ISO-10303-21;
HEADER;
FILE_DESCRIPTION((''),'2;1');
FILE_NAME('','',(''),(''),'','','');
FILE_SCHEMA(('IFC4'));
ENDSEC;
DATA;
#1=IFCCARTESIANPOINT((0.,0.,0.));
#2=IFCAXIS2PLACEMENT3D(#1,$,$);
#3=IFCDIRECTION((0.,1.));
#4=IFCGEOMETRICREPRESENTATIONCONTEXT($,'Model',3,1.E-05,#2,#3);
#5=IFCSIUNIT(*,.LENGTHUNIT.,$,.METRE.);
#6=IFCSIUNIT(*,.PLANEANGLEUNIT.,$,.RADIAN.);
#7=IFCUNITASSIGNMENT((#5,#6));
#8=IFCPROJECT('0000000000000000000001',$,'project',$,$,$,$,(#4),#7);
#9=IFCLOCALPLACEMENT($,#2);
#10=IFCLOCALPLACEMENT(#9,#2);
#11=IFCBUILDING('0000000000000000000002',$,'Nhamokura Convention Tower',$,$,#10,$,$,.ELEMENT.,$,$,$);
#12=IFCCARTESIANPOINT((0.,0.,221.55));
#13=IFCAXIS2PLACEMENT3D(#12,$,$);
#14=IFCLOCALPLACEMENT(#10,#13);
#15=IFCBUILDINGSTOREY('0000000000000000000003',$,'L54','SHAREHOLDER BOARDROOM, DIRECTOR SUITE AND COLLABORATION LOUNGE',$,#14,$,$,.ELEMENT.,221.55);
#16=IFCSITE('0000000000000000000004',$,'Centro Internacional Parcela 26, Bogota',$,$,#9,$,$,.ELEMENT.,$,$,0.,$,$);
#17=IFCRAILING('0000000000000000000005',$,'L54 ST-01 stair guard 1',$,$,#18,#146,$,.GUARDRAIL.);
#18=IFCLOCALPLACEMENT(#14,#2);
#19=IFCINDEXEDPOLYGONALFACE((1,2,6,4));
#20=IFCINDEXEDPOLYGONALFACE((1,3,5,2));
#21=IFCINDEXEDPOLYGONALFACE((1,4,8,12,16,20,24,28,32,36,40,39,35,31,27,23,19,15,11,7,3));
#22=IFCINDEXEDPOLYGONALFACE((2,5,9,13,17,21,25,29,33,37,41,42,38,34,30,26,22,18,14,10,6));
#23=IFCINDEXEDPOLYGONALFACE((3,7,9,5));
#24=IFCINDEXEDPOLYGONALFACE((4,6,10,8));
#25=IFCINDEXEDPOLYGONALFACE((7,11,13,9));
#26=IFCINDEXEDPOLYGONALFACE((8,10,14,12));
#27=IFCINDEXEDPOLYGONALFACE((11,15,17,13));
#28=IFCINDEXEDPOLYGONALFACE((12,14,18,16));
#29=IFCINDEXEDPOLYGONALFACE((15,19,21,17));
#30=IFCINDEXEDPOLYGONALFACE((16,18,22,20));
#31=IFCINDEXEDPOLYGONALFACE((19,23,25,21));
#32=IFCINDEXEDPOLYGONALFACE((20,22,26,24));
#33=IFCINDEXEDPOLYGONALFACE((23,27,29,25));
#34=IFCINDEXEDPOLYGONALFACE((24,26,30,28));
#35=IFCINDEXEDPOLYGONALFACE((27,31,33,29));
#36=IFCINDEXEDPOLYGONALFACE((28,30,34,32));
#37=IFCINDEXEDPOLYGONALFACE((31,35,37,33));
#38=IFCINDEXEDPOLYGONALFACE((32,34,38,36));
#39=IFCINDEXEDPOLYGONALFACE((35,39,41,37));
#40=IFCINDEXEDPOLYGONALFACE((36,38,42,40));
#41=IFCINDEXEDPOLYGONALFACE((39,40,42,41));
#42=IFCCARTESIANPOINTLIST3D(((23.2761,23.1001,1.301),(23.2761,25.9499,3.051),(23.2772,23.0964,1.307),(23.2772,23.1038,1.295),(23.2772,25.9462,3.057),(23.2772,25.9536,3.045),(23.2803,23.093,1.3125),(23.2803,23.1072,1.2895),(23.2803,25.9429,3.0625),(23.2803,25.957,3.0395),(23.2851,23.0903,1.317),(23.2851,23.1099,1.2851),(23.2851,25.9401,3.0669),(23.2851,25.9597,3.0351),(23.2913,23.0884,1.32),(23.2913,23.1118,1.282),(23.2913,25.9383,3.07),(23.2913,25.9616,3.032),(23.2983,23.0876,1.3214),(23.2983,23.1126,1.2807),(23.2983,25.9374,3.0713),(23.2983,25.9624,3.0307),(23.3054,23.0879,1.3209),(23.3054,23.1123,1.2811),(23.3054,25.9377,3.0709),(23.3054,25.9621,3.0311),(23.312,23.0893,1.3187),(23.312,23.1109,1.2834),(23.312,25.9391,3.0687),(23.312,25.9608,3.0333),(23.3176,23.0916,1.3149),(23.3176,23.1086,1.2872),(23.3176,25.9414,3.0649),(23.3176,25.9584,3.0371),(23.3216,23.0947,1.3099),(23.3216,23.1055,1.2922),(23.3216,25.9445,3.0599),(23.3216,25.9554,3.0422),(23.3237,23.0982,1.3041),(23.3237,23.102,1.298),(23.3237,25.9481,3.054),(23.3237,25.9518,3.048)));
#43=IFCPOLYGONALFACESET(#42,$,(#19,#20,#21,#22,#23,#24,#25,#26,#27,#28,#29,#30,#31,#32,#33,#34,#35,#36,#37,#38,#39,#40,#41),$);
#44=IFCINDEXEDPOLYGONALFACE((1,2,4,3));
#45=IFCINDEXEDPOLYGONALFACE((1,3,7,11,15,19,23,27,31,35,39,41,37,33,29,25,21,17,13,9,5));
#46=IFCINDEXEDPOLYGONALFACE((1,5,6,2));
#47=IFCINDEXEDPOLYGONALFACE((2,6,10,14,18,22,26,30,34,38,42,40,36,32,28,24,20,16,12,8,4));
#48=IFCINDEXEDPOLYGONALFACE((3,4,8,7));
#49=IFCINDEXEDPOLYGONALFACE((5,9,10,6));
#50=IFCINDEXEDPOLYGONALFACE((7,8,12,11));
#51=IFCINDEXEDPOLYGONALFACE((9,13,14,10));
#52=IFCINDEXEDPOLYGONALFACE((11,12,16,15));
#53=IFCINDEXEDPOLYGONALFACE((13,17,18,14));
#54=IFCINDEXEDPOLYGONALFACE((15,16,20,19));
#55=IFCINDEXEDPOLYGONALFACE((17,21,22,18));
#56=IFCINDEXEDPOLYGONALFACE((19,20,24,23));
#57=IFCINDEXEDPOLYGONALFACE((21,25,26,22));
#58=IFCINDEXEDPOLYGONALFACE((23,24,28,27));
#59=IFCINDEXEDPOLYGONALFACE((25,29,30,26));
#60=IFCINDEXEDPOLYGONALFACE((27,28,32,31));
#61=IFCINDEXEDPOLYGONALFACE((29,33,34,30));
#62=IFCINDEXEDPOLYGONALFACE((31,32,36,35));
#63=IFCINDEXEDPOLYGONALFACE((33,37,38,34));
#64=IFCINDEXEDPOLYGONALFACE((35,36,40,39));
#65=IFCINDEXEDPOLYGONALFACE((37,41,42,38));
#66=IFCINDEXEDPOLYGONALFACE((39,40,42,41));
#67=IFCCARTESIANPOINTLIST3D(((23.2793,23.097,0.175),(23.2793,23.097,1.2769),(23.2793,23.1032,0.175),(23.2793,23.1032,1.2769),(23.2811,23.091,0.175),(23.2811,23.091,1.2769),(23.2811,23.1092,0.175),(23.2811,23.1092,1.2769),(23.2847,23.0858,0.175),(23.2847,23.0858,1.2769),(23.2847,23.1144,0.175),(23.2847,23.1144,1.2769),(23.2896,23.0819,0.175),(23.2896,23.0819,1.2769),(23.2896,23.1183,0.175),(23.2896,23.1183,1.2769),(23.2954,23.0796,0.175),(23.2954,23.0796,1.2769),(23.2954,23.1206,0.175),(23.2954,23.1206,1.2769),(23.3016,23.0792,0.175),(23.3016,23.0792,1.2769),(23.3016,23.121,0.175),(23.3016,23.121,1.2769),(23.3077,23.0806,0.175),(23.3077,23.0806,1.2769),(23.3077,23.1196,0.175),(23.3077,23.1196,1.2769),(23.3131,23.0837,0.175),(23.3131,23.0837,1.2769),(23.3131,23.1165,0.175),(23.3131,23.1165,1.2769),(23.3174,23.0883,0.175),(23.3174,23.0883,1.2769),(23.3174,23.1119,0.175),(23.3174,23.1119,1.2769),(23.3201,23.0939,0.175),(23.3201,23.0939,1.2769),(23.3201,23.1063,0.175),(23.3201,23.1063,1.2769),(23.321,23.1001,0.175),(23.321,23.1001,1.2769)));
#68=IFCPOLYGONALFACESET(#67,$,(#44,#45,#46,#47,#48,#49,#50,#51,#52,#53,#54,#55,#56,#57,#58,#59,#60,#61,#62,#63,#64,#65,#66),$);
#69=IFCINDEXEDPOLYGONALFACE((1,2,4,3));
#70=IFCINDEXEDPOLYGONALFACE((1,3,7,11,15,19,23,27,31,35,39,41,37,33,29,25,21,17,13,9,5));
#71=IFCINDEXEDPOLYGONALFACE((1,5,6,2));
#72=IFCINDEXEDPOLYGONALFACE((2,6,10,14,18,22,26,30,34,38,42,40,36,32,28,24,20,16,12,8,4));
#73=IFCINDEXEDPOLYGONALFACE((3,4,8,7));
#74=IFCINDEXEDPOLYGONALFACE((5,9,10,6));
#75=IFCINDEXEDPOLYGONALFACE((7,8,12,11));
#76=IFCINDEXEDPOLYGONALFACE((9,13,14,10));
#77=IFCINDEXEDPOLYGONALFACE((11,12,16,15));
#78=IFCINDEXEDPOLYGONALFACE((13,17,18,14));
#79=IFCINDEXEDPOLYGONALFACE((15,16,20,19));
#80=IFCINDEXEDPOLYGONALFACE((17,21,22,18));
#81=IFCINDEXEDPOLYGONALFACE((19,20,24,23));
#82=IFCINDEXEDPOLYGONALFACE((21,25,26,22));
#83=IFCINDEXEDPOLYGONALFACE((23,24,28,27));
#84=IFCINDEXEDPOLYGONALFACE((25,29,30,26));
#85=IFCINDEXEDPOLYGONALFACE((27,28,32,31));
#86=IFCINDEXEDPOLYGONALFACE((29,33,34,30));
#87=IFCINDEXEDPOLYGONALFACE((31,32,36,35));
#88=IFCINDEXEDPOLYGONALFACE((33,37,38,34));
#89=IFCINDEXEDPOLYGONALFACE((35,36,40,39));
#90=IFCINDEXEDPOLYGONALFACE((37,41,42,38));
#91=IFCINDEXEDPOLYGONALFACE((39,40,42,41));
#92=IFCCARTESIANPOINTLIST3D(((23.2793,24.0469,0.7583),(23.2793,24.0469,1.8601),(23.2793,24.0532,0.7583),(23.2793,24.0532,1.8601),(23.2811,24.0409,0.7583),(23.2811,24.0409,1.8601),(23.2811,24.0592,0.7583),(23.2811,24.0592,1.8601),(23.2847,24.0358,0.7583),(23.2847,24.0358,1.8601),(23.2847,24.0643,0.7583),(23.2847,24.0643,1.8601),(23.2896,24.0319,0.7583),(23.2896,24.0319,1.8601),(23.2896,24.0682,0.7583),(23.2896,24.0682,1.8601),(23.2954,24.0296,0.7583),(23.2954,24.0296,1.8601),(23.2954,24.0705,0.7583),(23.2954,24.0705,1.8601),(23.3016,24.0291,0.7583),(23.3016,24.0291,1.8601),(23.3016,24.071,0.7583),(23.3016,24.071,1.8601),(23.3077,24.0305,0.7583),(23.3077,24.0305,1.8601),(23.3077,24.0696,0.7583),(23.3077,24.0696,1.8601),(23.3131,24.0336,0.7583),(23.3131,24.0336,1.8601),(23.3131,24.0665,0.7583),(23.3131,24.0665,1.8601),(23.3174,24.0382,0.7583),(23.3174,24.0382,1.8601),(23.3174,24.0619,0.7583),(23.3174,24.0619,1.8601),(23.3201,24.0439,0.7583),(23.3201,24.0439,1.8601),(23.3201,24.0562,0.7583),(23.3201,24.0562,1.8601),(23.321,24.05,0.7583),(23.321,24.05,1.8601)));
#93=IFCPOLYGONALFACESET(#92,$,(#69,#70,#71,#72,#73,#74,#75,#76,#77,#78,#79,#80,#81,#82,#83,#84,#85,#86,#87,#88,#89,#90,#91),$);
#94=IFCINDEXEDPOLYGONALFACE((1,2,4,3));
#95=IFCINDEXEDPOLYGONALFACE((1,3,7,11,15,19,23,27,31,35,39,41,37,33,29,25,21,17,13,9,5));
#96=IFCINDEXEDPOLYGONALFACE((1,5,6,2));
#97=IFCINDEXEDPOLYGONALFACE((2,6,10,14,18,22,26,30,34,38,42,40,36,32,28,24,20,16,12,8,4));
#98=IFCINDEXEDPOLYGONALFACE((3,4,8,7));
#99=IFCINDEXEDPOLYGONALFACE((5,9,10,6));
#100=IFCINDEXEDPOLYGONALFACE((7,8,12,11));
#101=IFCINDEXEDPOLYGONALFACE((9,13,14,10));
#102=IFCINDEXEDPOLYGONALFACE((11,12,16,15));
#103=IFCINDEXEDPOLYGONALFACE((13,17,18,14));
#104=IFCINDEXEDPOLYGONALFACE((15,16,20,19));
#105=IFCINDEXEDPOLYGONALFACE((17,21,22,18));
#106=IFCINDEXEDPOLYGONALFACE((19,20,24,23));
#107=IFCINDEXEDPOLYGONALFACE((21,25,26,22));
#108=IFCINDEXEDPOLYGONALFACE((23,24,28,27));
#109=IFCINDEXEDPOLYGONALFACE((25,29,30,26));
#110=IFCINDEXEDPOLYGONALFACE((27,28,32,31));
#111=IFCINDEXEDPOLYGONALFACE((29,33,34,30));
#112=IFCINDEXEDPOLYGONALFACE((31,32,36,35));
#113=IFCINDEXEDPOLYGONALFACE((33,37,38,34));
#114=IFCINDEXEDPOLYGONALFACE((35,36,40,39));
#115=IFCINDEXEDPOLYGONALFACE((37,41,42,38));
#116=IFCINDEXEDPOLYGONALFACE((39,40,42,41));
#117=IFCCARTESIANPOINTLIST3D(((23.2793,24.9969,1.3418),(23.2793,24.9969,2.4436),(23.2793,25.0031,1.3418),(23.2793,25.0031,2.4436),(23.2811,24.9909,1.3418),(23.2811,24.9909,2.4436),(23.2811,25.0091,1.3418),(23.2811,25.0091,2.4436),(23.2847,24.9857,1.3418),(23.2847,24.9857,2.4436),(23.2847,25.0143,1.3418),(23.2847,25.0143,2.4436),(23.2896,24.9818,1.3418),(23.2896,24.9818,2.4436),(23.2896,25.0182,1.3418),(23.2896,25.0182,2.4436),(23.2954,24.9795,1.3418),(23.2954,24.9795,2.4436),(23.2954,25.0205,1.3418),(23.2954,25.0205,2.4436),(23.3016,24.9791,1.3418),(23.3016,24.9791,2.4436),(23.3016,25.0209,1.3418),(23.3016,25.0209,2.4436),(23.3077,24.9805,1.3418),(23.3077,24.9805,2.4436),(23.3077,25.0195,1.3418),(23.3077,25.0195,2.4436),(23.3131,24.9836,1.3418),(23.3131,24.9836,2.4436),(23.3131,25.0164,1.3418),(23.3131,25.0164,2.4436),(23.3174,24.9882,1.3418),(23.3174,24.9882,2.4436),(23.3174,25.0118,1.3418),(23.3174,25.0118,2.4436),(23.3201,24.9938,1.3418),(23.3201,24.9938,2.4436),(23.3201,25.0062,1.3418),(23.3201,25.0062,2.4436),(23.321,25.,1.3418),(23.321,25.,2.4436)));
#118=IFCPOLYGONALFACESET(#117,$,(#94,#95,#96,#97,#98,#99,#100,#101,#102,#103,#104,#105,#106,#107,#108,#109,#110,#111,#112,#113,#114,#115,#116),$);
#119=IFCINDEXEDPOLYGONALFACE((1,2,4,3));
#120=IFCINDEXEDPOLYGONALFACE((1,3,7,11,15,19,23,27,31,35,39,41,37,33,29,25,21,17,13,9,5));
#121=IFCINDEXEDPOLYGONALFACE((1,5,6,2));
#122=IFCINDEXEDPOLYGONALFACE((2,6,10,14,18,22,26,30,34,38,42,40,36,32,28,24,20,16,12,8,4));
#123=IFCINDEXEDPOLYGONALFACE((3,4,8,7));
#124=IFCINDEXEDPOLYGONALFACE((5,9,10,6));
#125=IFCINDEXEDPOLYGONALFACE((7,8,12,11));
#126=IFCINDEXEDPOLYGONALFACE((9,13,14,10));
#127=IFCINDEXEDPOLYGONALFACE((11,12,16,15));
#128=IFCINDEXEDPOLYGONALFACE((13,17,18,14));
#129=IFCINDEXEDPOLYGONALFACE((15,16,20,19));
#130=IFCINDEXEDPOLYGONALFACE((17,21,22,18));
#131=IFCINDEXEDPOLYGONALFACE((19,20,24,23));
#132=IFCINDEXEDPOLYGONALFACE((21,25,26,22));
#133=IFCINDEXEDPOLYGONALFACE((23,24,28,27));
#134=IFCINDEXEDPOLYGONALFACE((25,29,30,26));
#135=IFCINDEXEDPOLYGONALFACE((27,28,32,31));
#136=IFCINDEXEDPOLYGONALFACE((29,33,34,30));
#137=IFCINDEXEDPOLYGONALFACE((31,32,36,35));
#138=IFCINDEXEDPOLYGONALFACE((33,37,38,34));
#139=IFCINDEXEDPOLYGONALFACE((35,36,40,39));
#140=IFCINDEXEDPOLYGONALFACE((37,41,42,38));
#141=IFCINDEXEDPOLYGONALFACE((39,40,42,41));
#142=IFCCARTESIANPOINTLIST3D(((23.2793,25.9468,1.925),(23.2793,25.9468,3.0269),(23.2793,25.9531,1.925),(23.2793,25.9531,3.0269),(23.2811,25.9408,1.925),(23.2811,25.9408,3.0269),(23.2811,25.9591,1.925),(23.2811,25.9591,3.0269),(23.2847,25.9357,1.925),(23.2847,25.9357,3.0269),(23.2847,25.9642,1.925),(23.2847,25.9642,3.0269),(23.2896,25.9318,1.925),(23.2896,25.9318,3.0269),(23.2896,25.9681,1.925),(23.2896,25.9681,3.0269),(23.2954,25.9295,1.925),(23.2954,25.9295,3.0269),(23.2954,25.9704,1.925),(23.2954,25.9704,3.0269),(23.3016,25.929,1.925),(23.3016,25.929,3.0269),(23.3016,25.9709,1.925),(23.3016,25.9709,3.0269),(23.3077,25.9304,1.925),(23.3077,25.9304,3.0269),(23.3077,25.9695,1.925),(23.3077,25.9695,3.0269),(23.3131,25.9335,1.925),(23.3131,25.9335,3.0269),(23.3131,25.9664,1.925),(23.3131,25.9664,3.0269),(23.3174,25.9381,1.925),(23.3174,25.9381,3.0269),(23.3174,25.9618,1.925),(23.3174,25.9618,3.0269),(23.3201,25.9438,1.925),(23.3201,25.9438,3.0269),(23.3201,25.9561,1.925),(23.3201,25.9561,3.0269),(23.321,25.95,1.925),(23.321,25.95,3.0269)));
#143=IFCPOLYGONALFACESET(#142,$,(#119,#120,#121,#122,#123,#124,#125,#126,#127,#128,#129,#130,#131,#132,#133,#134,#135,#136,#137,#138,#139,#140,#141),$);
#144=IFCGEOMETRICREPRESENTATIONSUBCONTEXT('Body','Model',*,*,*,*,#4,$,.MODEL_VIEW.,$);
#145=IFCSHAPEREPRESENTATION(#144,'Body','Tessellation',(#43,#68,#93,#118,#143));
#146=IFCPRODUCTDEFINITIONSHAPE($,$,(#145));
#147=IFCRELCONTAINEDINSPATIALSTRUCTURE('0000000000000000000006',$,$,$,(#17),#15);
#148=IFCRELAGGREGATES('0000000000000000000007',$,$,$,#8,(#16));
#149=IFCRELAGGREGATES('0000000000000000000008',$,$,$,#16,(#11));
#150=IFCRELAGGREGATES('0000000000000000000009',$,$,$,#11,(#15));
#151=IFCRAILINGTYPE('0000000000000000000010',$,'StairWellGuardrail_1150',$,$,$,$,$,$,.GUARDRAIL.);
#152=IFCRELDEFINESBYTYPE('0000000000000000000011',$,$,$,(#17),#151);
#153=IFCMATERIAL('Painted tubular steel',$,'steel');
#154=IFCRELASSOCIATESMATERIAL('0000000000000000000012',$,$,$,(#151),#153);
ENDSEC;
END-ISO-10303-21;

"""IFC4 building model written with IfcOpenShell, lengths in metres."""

from ifc_helpers import new_model, si_unit, direction, frame, origin, origin_2d, place, context, subcontext, project, spatial, circle, extrude, material, type_object, element, save


model = new_model("IFC4")

# Units and contexts
model_context = context("Model", 3, precision=1e-05, world=origin(), true_north=direction((0.0, 1.0)))
body_context = subcontext(model_context, "Body", "Model", "MODEL_VIEW")
ifc_project = project(units=[si_unit("LENGTHUNIT", "METRE"), si_unit("PLANEANGLEUNIT", "RADIAN")], contexts=[model_context])

# Site, building, storey
site_placement = place(None, origin())
site = spatial("IfcSite", under=ifc_project, at=site_placement, Name="Centro Internacional Parcela 26, Bogota", CompositionType="ELEMENT", RefElevation=0.0)
building_placement = place(site_placement, origin())
building = spatial("IfcBuilding", under=site, at=building_placement, Name="Nhamokura Convention Tower", CompositionType="ELEMENT")
storey_placement = place(building_placement, frame((0.0, 0.0, 221.55)))
storey = spatial("IfcBuildingStorey", under=building, at=storey_placement, Name="L54", Description="SHAREHOLDER BOARDROOM, DIRECTOR SUITE AND COLLABORATION LOUNGE", CompositionType="ELEMENT", Elevation=221.55)

# Railing
ifc_material_1 = material(Name="Painted tubular steel", Category="steel")
railing_type_1 = type_object("IfcRailingType", Name="StairWellGuardrail_1150", PredefinedType="GUARDRAIL", material=ifc_material_1)
railing_1_placement = place(storey_placement, frame((23.3, 23.1001, 0.175)))
element("IfcRailing", 1, at=railing_1_placement, inside=storey, type_object=railing_type_1, Name="L54 ST-01 stair guard 1", PredefinedType="GUARDRAIL", context=body_context, shape_type="SweptSolid", body=[
    extrude(circle(Radius=0.0239, at=origin_2d()), frame((0.0, 0.0, 1.126), z_axis=(0.0, 0.852159, 0.523283), x_axis=(-1.0, 0.0, 0.0)), (0.0, 0.0, 1.0), 3.3442),
    extrude(circle(Radius=0.021, at=origin_2d()), origin(), (0.0, 0.0, 1.0), 1.1018),
    extrude(circle(Radius=0.021, at=origin_2d()), frame((0.0, 0.95, 0.5833)), (0.0, 0.0, 1.0), 1.1018),
    extrude(circle(Radius=0.021, at=origin_2d()), frame((0.0, 1.8999, 1.1667)), (0.0, 0.0, 1.0), 1.1018),
    extrude(circle(Radius=0.021, at=origin_2d()), frame((0.0, 2.8499, 1.75)), (0.0, 0.0, 1.0), 1.1018),
])

save(model, "model.ifc")
